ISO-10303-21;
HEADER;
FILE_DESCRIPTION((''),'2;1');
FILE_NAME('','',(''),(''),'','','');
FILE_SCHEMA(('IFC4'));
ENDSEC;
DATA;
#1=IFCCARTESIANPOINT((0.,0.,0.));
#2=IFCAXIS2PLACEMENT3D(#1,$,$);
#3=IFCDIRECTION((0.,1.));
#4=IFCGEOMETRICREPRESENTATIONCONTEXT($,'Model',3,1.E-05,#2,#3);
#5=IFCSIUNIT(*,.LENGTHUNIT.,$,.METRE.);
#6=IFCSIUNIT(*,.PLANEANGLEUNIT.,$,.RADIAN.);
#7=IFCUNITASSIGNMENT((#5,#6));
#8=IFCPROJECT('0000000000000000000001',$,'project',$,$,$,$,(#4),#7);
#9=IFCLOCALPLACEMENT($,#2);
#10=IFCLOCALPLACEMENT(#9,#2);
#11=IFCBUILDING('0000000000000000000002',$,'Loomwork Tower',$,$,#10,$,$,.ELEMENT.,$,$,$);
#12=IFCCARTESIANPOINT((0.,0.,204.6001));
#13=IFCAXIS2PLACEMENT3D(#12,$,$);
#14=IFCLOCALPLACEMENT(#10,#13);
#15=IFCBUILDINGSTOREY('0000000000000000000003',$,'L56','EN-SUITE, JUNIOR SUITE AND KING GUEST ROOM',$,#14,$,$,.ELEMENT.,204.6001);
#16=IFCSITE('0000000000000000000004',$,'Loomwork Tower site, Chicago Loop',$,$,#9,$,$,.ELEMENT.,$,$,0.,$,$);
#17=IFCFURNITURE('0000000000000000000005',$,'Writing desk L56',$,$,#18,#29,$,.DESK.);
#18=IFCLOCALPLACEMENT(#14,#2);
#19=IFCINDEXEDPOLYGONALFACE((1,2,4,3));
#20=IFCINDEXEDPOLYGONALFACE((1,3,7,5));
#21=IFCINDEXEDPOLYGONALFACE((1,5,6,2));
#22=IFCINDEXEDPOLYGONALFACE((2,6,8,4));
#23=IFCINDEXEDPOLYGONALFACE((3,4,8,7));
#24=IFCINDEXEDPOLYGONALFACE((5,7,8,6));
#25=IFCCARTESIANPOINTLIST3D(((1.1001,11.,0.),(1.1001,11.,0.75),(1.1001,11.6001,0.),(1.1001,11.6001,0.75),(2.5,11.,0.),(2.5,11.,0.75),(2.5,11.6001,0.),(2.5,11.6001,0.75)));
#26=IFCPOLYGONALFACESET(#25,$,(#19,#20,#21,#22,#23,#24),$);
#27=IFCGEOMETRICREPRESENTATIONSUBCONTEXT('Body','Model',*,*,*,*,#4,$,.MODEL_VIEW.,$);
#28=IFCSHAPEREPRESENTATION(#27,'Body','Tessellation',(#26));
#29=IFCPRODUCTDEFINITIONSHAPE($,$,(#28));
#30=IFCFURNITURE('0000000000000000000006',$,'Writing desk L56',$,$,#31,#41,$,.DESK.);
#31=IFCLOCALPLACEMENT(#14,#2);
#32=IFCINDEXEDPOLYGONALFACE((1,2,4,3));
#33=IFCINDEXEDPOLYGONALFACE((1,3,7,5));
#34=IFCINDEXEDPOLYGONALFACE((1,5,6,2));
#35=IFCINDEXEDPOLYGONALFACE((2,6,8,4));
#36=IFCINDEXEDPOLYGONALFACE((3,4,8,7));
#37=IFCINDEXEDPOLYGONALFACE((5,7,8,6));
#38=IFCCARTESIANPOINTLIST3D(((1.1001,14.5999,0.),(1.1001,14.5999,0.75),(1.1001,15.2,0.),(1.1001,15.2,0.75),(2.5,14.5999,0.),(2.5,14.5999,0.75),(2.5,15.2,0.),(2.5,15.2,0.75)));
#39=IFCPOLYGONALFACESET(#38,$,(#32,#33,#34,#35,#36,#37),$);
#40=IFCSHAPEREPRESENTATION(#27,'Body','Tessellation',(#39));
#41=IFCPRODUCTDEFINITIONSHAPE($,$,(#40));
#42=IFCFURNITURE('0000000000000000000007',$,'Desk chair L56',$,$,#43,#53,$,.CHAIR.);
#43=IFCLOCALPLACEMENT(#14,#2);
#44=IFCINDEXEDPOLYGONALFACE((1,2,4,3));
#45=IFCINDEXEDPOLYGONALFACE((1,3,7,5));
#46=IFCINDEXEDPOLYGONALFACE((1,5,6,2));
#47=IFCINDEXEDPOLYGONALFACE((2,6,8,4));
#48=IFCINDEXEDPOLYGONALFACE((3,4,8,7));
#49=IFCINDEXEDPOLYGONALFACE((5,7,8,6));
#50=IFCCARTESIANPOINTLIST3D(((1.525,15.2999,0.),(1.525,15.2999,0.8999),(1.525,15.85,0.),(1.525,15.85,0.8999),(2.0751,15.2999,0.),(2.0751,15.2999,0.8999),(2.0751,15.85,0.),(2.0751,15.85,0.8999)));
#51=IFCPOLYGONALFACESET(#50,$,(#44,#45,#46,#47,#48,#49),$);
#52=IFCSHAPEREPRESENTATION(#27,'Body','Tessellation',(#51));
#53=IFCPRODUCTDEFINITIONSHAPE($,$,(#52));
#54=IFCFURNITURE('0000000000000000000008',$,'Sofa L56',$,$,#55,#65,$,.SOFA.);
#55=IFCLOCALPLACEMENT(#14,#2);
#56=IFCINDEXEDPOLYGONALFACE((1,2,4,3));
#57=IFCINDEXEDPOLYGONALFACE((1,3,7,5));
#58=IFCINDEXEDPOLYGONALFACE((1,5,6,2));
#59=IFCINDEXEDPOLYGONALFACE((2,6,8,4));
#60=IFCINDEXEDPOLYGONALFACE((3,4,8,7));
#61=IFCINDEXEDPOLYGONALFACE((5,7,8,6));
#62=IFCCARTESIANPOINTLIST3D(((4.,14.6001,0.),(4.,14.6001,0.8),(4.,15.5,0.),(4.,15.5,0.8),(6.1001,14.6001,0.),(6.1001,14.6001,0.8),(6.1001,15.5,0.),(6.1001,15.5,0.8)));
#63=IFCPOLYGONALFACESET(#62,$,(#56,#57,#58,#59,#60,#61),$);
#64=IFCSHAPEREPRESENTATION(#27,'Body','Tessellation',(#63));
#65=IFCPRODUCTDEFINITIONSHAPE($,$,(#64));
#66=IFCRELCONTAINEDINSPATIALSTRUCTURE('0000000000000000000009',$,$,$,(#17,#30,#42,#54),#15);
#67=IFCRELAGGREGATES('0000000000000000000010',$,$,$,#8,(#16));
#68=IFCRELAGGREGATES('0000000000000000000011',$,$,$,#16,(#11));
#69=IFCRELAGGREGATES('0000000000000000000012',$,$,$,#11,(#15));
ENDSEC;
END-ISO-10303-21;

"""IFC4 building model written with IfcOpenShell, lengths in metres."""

from ifc_helpers import new_model, si_unit, direction, frame, origin, origin_2d, place, context, subcontext, project, spatial, rectangle, extrude, element, save


model = new_model("IFC4")

# Units and contexts
model_context = context("Model", 3, precision=1e-05, world=origin(), true_north=direction((0.0, 1.0)))
body_context = subcontext(model_context, "Body", "Model", "MODEL_VIEW")
ifc_project = project(units=[si_unit("LENGTHUNIT", "METRE"), si_unit("PLANEANGLEUNIT", "RADIAN")], contexts=[model_context])

# Site, building, storey
site_placement = place(None, origin())
site = spatial("IfcSite", under=ifc_project, at=site_placement, Name="Loomwork Tower site, Chicago Loop", CompositionType="ELEMENT", RefElevation=0.0)
building_placement = place(site_placement, origin())
building = spatial("IfcBuilding", under=site, at=building_placement, Name="Loomwork Tower", CompositionType="ELEMENT")
storey_placement = place(building_placement, frame((0.0, 0.0, 204.6001)))
storey = spatial("IfcBuildingStorey", under=building, at=storey_placement, Name="L56", Description="EN-SUITE, JUNIOR SUITE AND KING GUEST ROOM", CompositionType="ELEMENT", Elevation=204.6001)

# Furniture
for number, where, z_axis, x_axis, name in (
    (1, (1.8, 11.3, 0.0), (0.0, 0.0, 1.0), (1.0, 0.0, 0.0), "Writing desk L56"),
    (2, (1.8, 14.8999, 0.0), (0.0, 0.0, 1.0), (1.0, 0.0, 0.0), "Writing desk L56"),
):
    element("IfcFurniture", number, at=place(storey_placement, frame(where, z_axis=z_axis, x_axis=x_axis)), inside=storey, Name=name, PredefinedType="DESK", context=body_context, shape_type="SweptSolid", body=[
        extrude(rectangle(XDim=1.3999, YDim=0.6001, at=origin_2d()), origin(), (0.0, 0.0, 1.0), 0.75),
    ])
furniture_1_placement = place(storey_placement, frame((1.8, 15.575, 0.0), z_axis=(0.0, 0.0, 1.0), x_axis=(1.0, 0.0, 0.0)))
element("IfcFurniture", 3, at=furniture_1_placement, inside=storey, Name="Desk chair L56", PredefinedType="CHAIR", context=body_context, shape_type="SweptSolid", body=[
    extrude(rectangle(XDim=0.55, YDim=0.55, at=origin_2d()), origin(), (0.0, 0.0, 1.0), 0.8999),
])
furniture_2_placement = place(storey_placement, frame((5.05, 15.05, 0.0), z_axis=(0.0, 0.0, 1.0), x_axis=(1.0, 0.0, 0.0)))
element("IfcFurniture", 4, at=furniture_2_placement, inside=storey, Name="Sofa L56", PredefinedType="SOFA", context=body_context, shape_type="SweptSolid", body=[
    extrude(rectangle(XDim=2.1001, YDim=0.8999, at=origin_2d()), origin(), (0.0, 0.0, 1.0), 0.8),
])

save(model, "model.ifc")
